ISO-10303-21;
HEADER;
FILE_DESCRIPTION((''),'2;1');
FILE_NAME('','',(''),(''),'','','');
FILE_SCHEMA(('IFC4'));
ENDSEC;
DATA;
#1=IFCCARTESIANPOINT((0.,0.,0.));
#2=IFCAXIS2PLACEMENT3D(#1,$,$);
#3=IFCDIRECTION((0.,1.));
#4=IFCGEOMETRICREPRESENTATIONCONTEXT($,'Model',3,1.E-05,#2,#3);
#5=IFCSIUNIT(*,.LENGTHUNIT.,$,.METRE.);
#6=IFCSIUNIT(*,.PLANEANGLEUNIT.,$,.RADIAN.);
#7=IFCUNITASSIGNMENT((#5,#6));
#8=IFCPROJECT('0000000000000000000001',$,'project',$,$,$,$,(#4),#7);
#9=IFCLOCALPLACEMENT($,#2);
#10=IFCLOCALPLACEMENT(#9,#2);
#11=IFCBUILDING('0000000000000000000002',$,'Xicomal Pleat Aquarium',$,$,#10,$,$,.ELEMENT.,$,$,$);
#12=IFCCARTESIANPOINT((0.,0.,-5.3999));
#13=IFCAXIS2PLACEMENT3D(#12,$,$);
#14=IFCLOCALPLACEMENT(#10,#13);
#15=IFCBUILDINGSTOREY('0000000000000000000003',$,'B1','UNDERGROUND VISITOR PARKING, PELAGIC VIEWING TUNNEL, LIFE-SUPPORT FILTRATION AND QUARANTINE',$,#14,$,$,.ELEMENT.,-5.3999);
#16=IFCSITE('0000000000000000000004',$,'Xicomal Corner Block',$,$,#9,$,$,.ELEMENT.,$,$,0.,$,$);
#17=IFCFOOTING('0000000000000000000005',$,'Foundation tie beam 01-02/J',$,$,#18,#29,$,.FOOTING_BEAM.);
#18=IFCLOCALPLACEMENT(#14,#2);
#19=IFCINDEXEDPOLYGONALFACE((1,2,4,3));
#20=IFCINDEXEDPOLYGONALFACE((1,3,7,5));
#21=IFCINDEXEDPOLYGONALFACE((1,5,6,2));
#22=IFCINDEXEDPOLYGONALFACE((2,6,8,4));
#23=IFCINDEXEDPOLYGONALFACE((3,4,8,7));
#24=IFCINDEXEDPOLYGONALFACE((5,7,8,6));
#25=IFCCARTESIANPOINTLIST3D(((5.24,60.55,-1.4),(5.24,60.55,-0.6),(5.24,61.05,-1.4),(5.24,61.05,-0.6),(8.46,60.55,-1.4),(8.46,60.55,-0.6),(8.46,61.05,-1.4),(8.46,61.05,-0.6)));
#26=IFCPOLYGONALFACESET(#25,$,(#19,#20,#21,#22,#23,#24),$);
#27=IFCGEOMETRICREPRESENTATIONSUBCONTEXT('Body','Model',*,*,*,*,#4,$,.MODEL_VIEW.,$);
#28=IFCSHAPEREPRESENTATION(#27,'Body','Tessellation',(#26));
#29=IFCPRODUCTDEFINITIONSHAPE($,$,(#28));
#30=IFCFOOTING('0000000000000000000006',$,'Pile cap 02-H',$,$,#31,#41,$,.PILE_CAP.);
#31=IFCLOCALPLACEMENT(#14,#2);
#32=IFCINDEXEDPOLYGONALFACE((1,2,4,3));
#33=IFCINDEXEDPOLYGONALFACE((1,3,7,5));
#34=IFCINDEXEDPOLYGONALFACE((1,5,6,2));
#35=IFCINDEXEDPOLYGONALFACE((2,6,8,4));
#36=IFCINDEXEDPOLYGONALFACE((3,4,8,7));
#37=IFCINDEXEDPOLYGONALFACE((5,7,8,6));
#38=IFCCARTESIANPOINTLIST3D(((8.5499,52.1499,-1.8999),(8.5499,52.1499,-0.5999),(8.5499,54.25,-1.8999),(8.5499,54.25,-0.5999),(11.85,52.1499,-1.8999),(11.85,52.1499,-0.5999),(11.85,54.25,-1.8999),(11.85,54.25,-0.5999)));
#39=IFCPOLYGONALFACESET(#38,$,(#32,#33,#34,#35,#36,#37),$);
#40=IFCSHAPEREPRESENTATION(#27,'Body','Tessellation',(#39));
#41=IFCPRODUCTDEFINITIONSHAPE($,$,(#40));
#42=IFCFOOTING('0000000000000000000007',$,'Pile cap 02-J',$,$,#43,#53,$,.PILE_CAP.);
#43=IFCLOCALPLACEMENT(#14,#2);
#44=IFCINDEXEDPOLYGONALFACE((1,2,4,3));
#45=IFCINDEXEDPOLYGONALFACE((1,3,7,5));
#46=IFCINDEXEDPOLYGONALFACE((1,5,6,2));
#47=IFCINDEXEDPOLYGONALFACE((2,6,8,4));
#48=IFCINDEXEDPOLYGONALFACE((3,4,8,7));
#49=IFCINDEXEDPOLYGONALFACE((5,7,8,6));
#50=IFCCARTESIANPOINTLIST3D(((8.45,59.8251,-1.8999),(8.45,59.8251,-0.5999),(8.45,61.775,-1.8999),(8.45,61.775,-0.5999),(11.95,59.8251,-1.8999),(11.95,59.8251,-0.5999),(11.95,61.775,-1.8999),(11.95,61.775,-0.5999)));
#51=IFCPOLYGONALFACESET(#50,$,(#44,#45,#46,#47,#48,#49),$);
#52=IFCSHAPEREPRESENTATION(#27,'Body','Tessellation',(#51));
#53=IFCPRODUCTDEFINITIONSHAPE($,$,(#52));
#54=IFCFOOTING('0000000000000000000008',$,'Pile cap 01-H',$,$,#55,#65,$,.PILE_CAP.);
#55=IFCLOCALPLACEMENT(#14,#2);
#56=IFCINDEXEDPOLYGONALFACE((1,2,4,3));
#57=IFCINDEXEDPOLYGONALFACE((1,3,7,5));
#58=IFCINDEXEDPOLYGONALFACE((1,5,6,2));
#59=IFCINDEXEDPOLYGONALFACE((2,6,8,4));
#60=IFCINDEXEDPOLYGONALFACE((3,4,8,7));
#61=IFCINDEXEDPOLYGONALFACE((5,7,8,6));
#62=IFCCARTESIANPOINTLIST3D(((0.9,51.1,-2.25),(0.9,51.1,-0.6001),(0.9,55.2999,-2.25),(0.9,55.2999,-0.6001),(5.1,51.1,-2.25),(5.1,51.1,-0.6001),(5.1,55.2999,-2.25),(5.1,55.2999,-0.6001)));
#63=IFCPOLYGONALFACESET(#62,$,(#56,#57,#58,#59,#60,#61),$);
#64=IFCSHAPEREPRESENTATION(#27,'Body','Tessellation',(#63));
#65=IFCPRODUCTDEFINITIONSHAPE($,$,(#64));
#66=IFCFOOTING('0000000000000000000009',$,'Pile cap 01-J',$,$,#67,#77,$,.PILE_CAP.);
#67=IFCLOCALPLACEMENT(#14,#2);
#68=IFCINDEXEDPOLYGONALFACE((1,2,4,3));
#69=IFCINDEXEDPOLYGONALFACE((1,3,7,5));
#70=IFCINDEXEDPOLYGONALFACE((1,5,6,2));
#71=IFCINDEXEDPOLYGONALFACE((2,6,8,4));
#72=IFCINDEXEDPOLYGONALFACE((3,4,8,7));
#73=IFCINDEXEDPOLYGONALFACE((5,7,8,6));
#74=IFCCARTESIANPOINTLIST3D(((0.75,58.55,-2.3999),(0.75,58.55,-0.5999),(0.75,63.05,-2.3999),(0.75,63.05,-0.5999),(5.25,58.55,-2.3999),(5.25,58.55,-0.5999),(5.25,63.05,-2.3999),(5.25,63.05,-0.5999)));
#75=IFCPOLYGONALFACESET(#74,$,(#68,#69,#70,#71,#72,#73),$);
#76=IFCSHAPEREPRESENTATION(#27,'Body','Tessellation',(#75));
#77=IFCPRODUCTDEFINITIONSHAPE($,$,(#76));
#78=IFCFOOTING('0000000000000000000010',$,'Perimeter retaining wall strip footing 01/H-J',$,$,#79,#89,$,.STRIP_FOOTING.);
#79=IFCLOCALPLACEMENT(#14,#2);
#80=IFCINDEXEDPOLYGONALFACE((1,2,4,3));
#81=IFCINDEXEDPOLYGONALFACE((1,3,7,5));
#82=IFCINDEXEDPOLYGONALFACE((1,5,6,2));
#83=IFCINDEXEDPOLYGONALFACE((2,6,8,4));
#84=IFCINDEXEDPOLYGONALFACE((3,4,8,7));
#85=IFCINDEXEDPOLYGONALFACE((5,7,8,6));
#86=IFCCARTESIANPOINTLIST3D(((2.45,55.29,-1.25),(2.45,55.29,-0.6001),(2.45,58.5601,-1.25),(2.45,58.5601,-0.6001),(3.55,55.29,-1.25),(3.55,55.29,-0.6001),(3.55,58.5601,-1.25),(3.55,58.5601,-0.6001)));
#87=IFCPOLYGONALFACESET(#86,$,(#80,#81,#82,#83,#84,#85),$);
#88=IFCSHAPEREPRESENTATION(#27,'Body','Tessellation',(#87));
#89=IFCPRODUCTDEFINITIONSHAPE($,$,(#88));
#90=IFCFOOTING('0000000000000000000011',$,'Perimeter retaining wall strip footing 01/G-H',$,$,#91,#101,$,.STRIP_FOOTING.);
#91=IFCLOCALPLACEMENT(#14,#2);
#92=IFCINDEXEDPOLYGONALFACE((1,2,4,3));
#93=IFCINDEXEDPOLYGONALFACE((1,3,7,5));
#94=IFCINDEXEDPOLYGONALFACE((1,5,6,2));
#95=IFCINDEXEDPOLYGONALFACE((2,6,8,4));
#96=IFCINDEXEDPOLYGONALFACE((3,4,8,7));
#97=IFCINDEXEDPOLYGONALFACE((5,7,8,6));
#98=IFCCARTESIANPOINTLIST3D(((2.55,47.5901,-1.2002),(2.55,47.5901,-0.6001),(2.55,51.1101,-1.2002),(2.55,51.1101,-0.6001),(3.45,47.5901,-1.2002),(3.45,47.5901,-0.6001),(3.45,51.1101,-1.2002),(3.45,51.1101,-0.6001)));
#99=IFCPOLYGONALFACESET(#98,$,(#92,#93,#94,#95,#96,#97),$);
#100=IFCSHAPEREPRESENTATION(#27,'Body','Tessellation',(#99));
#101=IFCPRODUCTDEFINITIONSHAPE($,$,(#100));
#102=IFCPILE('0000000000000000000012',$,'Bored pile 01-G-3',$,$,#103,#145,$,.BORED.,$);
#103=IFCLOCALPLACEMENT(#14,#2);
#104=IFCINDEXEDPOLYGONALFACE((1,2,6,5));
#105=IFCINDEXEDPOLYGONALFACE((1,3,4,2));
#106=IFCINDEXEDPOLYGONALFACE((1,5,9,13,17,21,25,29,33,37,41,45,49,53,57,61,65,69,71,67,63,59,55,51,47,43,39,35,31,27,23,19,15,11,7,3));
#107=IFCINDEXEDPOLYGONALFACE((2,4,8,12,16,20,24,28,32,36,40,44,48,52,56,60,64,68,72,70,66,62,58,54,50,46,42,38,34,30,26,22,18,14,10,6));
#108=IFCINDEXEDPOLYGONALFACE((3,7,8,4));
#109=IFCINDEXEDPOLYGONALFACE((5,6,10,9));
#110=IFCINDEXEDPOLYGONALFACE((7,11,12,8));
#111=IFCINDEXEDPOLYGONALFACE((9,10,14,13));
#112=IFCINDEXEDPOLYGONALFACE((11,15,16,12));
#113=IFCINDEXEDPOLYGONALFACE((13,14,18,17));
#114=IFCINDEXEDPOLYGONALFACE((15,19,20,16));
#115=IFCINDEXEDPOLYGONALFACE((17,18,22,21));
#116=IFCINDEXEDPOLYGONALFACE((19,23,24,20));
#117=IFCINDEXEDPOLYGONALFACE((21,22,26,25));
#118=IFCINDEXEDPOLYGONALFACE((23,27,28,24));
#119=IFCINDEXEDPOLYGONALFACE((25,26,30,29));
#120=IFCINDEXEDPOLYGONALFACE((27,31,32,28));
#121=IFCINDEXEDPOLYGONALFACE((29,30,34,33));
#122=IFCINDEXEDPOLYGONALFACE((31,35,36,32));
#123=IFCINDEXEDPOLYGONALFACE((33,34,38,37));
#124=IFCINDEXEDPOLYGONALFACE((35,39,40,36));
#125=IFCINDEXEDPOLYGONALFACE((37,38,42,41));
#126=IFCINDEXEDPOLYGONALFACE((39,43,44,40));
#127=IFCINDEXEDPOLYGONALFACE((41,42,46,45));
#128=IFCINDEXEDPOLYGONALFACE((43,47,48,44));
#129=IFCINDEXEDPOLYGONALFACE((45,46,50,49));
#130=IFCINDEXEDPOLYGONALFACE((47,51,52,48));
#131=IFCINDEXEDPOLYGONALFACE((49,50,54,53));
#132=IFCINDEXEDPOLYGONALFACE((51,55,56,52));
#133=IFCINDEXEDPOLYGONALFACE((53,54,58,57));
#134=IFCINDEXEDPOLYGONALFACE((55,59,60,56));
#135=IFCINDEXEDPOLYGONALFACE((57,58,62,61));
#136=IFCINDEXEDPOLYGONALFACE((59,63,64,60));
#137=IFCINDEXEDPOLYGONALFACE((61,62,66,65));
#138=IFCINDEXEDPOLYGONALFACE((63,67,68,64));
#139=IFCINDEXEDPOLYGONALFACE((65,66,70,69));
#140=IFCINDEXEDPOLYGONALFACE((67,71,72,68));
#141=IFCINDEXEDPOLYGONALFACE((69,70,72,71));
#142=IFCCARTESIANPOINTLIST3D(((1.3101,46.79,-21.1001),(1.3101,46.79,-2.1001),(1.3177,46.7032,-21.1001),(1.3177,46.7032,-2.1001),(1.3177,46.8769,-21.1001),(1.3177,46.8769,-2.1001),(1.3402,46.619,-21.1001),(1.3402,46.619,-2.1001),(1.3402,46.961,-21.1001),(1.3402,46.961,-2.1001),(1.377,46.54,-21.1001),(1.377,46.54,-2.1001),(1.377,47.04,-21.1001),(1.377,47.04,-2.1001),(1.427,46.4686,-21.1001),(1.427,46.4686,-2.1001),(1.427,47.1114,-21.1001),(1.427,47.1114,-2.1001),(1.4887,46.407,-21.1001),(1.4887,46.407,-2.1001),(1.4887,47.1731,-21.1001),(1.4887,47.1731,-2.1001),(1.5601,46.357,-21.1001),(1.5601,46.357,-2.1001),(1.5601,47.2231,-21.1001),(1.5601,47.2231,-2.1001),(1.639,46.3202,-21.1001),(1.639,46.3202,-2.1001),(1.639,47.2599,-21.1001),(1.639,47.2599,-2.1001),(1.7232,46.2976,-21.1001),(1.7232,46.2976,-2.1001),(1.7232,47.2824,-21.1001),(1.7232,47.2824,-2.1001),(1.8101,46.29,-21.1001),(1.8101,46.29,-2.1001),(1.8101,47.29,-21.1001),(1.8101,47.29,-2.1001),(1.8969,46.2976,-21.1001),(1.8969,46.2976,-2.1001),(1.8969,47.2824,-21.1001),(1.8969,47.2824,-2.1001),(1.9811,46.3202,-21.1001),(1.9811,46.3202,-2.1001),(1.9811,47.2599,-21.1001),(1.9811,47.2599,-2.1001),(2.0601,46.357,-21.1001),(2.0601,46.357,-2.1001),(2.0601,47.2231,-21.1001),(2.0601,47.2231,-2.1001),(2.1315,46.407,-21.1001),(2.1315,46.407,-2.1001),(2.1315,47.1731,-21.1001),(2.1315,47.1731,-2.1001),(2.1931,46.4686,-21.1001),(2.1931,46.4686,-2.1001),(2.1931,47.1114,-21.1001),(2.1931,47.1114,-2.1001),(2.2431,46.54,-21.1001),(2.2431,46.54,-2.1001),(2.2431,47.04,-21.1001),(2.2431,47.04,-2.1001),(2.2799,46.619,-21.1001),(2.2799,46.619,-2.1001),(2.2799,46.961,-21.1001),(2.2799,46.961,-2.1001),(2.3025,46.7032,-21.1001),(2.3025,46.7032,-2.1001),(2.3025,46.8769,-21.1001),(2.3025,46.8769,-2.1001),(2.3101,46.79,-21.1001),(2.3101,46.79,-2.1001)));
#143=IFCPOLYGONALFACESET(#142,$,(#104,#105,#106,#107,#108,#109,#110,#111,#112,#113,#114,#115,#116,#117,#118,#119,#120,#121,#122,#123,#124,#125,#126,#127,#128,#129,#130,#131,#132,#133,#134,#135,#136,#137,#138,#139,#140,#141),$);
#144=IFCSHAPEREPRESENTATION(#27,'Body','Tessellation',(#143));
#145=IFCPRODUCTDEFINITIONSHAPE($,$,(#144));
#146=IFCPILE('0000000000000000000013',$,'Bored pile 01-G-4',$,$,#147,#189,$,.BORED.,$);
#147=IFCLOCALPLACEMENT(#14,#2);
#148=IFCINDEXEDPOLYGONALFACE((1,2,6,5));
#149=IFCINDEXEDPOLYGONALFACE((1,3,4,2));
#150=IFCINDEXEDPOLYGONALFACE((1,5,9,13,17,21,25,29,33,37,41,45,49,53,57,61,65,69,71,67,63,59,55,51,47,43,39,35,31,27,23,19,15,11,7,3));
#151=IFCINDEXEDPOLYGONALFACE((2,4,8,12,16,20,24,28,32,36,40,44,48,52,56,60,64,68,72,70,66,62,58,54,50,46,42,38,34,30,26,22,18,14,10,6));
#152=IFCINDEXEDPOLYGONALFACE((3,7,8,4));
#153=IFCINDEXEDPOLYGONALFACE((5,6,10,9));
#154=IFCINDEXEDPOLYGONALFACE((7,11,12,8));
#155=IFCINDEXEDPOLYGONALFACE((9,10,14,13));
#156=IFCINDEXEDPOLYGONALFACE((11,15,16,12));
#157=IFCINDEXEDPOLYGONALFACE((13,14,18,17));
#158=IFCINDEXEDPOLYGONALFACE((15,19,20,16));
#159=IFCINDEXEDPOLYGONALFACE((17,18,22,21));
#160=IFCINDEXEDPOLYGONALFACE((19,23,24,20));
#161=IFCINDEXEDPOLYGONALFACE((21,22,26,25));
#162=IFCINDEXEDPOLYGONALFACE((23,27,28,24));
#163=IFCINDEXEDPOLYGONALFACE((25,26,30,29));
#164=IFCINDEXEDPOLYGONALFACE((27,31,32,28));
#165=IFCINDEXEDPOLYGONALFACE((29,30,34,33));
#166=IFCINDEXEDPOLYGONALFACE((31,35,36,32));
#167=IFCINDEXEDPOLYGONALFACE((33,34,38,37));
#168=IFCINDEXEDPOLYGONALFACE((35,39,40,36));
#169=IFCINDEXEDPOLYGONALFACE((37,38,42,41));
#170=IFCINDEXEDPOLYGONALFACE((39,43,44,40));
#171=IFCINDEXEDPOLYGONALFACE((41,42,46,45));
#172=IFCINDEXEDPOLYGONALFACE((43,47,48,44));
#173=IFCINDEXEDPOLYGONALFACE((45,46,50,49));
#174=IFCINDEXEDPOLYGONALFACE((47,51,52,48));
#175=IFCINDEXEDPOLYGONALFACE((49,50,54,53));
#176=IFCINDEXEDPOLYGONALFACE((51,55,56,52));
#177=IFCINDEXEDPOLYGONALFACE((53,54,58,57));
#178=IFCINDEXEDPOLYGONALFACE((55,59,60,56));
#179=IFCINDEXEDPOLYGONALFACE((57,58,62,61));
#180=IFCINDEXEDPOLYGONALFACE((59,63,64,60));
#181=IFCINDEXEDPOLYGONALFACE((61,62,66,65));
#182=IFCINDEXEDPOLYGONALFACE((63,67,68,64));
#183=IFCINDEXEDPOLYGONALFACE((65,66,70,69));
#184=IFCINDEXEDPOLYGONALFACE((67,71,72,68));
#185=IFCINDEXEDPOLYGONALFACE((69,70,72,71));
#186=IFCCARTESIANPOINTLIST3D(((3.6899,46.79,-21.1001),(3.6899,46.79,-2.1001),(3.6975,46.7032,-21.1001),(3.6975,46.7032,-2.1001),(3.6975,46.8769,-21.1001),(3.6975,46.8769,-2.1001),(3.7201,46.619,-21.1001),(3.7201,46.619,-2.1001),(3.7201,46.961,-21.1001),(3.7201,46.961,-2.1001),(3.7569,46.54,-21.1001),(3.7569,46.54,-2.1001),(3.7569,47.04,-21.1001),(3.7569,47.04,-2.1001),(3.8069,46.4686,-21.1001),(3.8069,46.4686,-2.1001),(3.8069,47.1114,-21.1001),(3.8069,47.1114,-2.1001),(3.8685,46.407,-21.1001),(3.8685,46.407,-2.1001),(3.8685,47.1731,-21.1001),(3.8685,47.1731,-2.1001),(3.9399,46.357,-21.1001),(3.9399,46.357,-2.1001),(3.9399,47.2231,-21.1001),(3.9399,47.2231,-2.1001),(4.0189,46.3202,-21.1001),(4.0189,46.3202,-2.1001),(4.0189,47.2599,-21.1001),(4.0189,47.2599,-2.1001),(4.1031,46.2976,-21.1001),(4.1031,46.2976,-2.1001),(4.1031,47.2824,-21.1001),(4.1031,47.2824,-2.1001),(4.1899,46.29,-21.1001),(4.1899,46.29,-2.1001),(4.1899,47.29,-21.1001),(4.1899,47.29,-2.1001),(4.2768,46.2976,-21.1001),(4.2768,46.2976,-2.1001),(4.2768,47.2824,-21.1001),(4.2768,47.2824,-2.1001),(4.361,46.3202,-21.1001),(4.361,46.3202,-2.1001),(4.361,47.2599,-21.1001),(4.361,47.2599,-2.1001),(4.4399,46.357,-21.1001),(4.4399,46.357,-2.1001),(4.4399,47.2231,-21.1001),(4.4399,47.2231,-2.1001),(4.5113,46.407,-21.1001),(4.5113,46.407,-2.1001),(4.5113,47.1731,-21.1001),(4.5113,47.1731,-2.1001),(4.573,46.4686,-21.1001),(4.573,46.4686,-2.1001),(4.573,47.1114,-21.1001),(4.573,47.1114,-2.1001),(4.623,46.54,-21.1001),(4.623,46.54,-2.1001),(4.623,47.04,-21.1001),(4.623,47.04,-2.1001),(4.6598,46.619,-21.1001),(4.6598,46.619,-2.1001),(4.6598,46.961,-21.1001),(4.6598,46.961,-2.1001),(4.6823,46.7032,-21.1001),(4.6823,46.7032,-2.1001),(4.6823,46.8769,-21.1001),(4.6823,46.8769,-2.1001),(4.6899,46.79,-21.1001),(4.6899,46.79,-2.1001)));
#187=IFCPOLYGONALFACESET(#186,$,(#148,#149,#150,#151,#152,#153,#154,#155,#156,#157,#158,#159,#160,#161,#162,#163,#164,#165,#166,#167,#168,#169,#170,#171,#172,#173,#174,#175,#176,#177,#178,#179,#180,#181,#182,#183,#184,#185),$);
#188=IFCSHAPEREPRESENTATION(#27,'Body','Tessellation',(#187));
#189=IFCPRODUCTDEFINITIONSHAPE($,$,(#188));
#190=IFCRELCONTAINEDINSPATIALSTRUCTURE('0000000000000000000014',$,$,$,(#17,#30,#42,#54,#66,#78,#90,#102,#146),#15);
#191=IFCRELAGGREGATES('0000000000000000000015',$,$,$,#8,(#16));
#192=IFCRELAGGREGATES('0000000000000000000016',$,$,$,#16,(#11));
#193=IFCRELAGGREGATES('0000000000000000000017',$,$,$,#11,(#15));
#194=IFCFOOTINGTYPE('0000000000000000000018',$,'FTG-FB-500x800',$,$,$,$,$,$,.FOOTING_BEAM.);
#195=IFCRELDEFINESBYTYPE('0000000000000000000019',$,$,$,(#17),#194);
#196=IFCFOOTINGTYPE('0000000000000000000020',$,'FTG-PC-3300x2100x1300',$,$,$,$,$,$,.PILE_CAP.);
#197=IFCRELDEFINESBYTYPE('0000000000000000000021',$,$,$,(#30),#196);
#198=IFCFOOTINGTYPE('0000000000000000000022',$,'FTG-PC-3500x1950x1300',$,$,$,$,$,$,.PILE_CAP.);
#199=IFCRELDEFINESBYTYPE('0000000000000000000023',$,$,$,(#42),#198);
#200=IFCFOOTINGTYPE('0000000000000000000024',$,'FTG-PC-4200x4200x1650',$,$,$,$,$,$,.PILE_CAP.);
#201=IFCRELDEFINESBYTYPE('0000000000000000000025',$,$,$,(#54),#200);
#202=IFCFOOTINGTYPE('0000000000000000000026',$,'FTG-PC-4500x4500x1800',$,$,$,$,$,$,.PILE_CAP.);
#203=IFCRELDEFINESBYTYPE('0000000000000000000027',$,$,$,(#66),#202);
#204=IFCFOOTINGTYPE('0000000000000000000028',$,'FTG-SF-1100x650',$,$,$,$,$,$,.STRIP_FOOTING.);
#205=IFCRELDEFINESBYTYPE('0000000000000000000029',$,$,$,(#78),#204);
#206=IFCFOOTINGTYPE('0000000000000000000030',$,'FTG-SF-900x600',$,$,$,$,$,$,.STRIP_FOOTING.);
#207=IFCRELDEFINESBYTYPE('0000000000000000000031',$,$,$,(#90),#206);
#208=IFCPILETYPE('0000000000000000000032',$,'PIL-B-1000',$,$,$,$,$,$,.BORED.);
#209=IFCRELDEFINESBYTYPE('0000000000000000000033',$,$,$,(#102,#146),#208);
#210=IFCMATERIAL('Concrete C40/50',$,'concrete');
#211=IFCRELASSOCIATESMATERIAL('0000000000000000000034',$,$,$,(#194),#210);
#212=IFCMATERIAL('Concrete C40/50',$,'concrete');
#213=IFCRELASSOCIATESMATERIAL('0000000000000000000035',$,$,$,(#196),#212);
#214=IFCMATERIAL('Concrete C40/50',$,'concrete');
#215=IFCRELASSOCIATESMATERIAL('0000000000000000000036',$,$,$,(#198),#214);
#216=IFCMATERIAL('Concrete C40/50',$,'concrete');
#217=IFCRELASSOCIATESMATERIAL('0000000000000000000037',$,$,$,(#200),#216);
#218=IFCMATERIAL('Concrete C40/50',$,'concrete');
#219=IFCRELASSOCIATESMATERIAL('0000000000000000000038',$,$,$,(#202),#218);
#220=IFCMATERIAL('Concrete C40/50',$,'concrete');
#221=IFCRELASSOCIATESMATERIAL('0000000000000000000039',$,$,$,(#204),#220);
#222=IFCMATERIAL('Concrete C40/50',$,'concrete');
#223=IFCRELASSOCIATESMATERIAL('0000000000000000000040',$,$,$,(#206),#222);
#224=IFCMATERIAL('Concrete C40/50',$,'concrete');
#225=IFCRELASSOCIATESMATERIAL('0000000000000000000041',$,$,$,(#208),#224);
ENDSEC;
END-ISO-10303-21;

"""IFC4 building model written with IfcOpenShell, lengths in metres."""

from ifc_helpers import new_model, si_unit, direction, frame, origin, origin_2d, place, context, subcontext, project, spatial, rectangle, circle, extrude, material, material_profile, profile_set, type_object, element, save


model = new_model("IFC4")

# Units and contexts
model_context = context("Model", 3, precision=1e-05, world=origin(), true_north=direction((0.0, 1.0)))
body_context = subcontext(model_context, "Body", "Model", "MODEL_VIEW")
ifc_project = project(units=[si_unit("LENGTHUNIT", "METRE"), si_unit("PLANEANGLEUNIT", "RADIAN")], contexts=[model_context])

# Site, building, storey
site_placement = place(None, origin())
site = spatial("IfcSite", under=ifc_project, at=site_placement, Name="Xicomal Corner Block", CompositionType="ELEMENT", RefElevation=0.0)
building_placement = place(site_placement, origin())
building = spatial("IfcBuilding", under=site, at=building_placement, Name="Xicomal Pleat Aquarium", CompositionType="ELEMENT")
storey_placement = place(building_placement, frame((0.0, 0.0, -5.3999)))
storey = spatial("IfcBuildingStorey", under=building, at=storey_placement, Name="B1", Description="UNDERGROUND VISITOR PARKING, PELAGIC VIEWING TUNNEL, LIFE-SUPPORT FILTRATION AND QUARANTINE", CompositionType="ELEMENT", Elevation=-5.3999)

# Footings
ifc_material_1 = material(Name="Concrete C40/50", Category="concrete")
ifc_material_profile_1 = material_profile(ifc_material_1, rectangle(XDim=0.5, YDim=0.8, at=origin_2d()), Name="FB-01 500x800")
ifc_profile_set_1 = profile_set([ifc_material_profile_1], Name="Concrete C40/50")
footing_type_1 = type_object("IfcFootingType", Name="FTG-FB-500x800", PredefinedType="FOOTING_BEAM", material=ifc_profile_set_1)
footing_1_placement = place(storey_placement, frame((5.24, 60.8, -1.0), z_axis=(1.0, 0.0, 0.0), x_axis=(0.0, 1.0, 0.0)))
element("IfcFooting", 1, at=footing_1_placement, inside=storey, type_object=footing_type_1, Name="Foundation tie beam 01-02/J", PredefinedType="FOOTING_BEAM", context=body_context, shape_type="SweptSolid", body=[
    extrude(rectangle(XDim=0.5, YDim=0.8, at=origin_2d()), origin(), (0.0, 0.0, 1.0), 3.22),
])
ifc_material_2 = material(Name="Concrete C40/50", Category="concrete")
footing_type_2 = type_object("IfcFootingType", Name="FTG-PC-3300x2100x1300", PredefinedType="PILE_CAP", material=ifc_material_2)
footing_2_placement = place(storey_placement, frame((10.2, 53.2, -1.8999), z_axis=(0.0, 0.0, 1.0), x_axis=(1.0, 0.0, 0.0)))
element("IfcFooting", 2, at=footing_2_placement, inside=storey, type_object=footing_type_2, Name="Pile cap 02-H", PredefinedType="PILE_CAP", context=body_context, shape_type="SweptSolid", body=[
    extrude(rectangle(XDim=3.3, YDim=2.1001, at=origin_2d()), origin(), (0.0, 0.0, 1.0), 1.3),
])
ifc_material_3 = material(Name="Concrete C40/50", Category="concrete")
footing_type_3 = type_object("IfcFootingType", Name="FTG-PC-3500x1950x1300", PredefinedType="PILE_CAP", material=ifc_material_3)
footing_3_placement = place(storey_placement, frame((10.2, 60.8, -1.8999), z_axis=(0.0, 0.0, 1.0), x_axis=(1.0, 0.0, 0.0)))
element("IfcFooting", 3, at=footing_3_placement, inside=storey, type_object=footing_type_3, Name="Pile cap 02-J", PredefinedType="PILE_CAP", context=body_context, shape_type="SweptSolid", body=[
    extrude(rectangle(XDim=3.5, YDim=1.95, at=origin_2d()), origin(), (0.0, 0.0, 1.0), 1.3),
])
ifc_material_4 = material(Name="Concrete C40/50", Category="concrete")
footing_type_4 = type_object("IfcFootingType", Name="FTG-PC-4200x4200x1650", PredefinedType="PILE_CAP", material=ifc_material_4)
footing_4_placement = place(storey_placement, frame((3.0, 53.2, -2.25), z_axis=(0.0, 0.0, 1.0), x_axis=(1.0, 0.0, 0.0)))
element("IfcFooting", 4, at=footing_4_placement, inside=storey, type_object=footing_type_4, Name="Pile cap 01-H", PredefinedType="PILE_CAP", context=body_context, shape_type="SweptSolid", body=[
    extrude(rectangle(XDim=4.2, YDim=4.2, at=origin_2d()), origin(), (0.0, 0.0, 1.0), 1.6499),
])
ifc_material_5 = material(Name="Concrete C40/50", Category="concrete")
footing_type_5 = type_object("IfcFootingType", Name="FTG-PC-4500x4500x1800", PredefinedType="PILE_CAP", material=ifc_material_5)
footing_5_placement = place(storey_placement, frame((3.0, 60.8, -2.3999), z_axis=(0.0, 0.0, 1.0), x_axis=(1.0, 0.0, 0.0)))
element("IfcFooting", 5, at=footing_5_placement, inside=storey, type_object=footing_type_5, Name="Pile cap 01-J", PredefinedType="PILE_CAP", context=body_context, shape_type="SweptSolid", body=[
    extrude(rectangle(XDim=4.5, YDim=4.5, at=origin_2d()), origin(), (0.0, 0.0, 1.0), 1.8),
])
ifc_material_6 = material(Name="Concrete C40/50", Category="concrete")
ifc_material_profile_2 = material_profile(ifc_material_6, rectangle(XDim=1.1001, YDim=0.6499, at=origin_2d()), Name="SF-02 1100x650")
ifc_profile_set_2 = profile_set([ifc_material_profile_2], Name="Concrete C40/50")
footing_type_6 = type_object("IfcFootingType", Name="FTG-SF-1100x650", PredefinedType="STRIP_FOOTING", material=ifc_profile_set_2)
footing_6_placement = place(storey_placement, frame((3.0, 55.29, -0.925), z_axis=(0.0, 1.0, 0.0), x_axis=(-1.0, 0.0, 0.0)))
element("IfcFooting", 6, at=footing_6_placement, inside=storey, type_object=footing_type_6, Name="Perimeter retaining wall strip footing 01/H-J", PredefinedType="STRIP_FOOTING", context=body_context, shape_type="SweptSolid", body=[
    extrude(rectangle(XDim=1.1001, YDim=0.6499, at=origin_2d()), origin(), (0.0, 0.0, 1.0), 3.27),
])
ifc_material_7 = material(Name="Concrete C40/50", Category="concrete")
ifc_material_profile_3 = material_profile(ifc_material_7, rectangle(XDim=0.8999, YDim=0.6001, at=origin_2d()), Name="SF-01 900x600")
ifc_profile_set_3 = profile_set([ifc_material_profile_3], Name="Concrete C40/50")
footing_type_7 = type_object("IfcFootingType", Name="FTG-SF-900x600", PredefinedType="STRIP_FOOTING", material=ifc_profile_set_3)
footing_7_placement = place(storey_placement, frame((3.0, 47.5901, -0.9001), z_axis=(0.0, 1.0, 0.0), x_axis=(-1.0, 0.0, 0.0)))
element("IfcFooting", 7, at=footing_7_placement, inside=storey, type_object=footing_type_7, Name="Perimeter retaining wall strip footing 01/G-H", PredefinedType="STRIP_FOOTING", context=body_context, shape_type="SweptSolid", body=[
    extrude(rectangle(XDim=0.8999, YDim=0.6001, at=origin_2d()), origin(), (0.0, 0.0, 1.0), 3.52),
])

# Piles
ifc_material_8 = material(Name="Concrete C40/50", Category="concrete")
ifc_material_profile_4 = material_profile(ifc_material_8, circle(Radius=0.5, at=origin_2d()), Name="BORED PILE D1000")
ifc_profile_set_4 = profile_set([ifc_material_profile_4], Name="Concrete C40/50")
pile_type_1 = type_object("IfcPileType", Name="PIL-B-1000", PredefinedType="BORED", material=ifc_profile_set_4)
for number, where, z_axis, x_axis, name in (
    (8, (1.8101, 46.79, -2.1001), (0.0, 0.0, -1.0), (1.0, 0.0, 0.0), "Bored pile 01-G-3"),
    (9, (4.1899, 46.79, -2.1001), (0.0, 0.0, -1.0), (1.0, 0.0, 0.0), "Bored pile 01-G-4"),
):
    element("IfcPile", number, at=place(storey_placement, frame(where, z_axis=z_axis, x_axis=x_axis)), inside=storey, type_object=pile_type_1, Name=name, PredefinedType="BORED", context=body_context, shape_type="SweptSolid", body=[
        extrude(circle(Radius=0.5, at=origin_2d()), origin(), (0.0, 0.0, 1.0), 19.0),
    ])

save(model, "model.ifc")
